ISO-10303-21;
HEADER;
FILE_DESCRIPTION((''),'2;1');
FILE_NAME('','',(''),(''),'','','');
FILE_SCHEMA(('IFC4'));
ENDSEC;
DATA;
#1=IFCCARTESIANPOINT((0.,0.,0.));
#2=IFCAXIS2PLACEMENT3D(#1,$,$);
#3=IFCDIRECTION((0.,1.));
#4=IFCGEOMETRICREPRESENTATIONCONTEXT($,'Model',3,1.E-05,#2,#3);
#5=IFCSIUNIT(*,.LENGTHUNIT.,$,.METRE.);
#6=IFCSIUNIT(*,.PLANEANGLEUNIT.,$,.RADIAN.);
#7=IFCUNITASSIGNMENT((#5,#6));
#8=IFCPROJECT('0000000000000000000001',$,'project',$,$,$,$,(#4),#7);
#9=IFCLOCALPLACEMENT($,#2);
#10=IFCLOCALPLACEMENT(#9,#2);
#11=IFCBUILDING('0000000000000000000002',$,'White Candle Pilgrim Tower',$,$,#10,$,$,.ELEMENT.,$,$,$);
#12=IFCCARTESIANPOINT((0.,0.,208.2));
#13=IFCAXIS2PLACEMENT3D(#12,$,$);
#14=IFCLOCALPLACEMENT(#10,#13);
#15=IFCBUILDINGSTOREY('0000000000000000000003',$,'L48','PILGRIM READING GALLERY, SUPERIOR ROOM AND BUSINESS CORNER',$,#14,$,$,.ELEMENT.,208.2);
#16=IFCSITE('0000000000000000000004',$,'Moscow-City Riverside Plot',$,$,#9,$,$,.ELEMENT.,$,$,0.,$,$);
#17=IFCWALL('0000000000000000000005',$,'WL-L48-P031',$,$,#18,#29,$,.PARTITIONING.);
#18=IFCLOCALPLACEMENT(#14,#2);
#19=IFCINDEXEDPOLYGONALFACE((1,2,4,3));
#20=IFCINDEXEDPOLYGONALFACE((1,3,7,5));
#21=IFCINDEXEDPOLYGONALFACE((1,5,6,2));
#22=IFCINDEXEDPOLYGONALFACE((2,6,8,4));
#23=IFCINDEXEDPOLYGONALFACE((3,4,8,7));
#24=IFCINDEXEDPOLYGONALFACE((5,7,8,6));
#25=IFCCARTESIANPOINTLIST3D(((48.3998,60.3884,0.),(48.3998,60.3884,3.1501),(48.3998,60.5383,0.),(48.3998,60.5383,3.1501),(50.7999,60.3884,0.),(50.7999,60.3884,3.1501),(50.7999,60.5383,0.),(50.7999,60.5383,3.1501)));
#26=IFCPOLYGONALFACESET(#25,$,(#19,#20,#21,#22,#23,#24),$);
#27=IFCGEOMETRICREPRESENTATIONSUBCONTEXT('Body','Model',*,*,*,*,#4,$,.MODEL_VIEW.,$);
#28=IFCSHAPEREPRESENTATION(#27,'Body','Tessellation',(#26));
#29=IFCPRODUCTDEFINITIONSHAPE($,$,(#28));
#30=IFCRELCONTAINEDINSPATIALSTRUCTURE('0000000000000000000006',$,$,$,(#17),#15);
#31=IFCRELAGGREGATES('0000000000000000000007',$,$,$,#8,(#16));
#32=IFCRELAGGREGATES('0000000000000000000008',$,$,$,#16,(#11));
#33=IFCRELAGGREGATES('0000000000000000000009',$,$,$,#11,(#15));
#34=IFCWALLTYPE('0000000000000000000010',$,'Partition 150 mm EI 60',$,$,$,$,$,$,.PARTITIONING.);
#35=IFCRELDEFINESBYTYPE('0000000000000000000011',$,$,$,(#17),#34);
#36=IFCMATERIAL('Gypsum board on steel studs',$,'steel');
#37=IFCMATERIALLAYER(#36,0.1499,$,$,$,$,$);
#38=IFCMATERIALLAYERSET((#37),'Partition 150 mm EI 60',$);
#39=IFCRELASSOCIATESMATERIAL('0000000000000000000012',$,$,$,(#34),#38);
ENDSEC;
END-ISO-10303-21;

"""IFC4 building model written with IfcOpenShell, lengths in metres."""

from ifc_helpers import new_model, si_unit, direction, frame, frame_2d, origin, place, context, subcontext, project, spatial, rectangle, extrude, material, layer, layer_set, type_object, element, save


model = new_model("IFC4")

# Units and contexts
model_context = context("Model", 3, precision=1e-05, world=origin(), true_north=direction((0.0, 1.0)))
body_context = subcontext(model_context, "Body", "Model", "MODEL_VIEW")
ifc_project = project(units=[si_unit("LENGTHUNIT", "METRE"), si_unit("PLANEANGLEUNIT", "RADIAN")], contexts=[model_context])

# Site, building, storey
site_placement = place(None, origin())
site = spatial("IfcSite", under=ifc_project, at=site_placement, Name="Moscow-City Riverside Plot", CompositionType="ELEMENT", RefElevation=0.0)
building_placement = place(site_placement, origin())
building = spatial("IfcBuilding", under=site, at=building_placement, Name="White Candle Pilgrim Tower", CompositionType="ELEMENT")
storey_placement = place(building_placement, frame((0.0, 0.0, 208.2)))
storey = spatial("IfcBuildingStorey", under=building, at=storey_placement, Name="L48", Description="PILGRIM READING GALLERY, SUPERIOR ROOM AND BUSINESS CORNER", CompositionType="ELEMENT", Elevation=208.2)

# Shared definitions
ifc_material_1 = material(Name="Gypsum board on steel studs", Category="steel")

# Wall
ifc_layer_1 = layer(ifc_material_1, 0.1499)
ifc_layer_set_1 = layer_set([ifc_layer_1], Name="Partition 150 mm EI 60")
wall_type_1 = type_object("IfcWallType", Name="Partition 150 mm EI 60", PredefinedType="PARTITIONING", material=ifc_layer_set_1)
wall_1_placement = place(storey_placement, frame((50.8, 60.4634, 0.0), z_axis=(0.0, 0.0, 1.0), x_axis=(-1.0, 0.0, 0.0)))
element("IfcWall", 1, at=wall_1_placement, inside=storey, type_object=wall_type_1, Name="WL-L48-P031", PredefinedType="PARTITIONING", context=body_context, shape_type="SweptSolid", body=[
    extrude(rectangle(XDim=2.4001, YDim=0.1499, at=frame_2d((1.2002, 0.0))), origin(), (0.0, 0.0, 1.0), 3.1501),
])

save(model, "model.ifc")
